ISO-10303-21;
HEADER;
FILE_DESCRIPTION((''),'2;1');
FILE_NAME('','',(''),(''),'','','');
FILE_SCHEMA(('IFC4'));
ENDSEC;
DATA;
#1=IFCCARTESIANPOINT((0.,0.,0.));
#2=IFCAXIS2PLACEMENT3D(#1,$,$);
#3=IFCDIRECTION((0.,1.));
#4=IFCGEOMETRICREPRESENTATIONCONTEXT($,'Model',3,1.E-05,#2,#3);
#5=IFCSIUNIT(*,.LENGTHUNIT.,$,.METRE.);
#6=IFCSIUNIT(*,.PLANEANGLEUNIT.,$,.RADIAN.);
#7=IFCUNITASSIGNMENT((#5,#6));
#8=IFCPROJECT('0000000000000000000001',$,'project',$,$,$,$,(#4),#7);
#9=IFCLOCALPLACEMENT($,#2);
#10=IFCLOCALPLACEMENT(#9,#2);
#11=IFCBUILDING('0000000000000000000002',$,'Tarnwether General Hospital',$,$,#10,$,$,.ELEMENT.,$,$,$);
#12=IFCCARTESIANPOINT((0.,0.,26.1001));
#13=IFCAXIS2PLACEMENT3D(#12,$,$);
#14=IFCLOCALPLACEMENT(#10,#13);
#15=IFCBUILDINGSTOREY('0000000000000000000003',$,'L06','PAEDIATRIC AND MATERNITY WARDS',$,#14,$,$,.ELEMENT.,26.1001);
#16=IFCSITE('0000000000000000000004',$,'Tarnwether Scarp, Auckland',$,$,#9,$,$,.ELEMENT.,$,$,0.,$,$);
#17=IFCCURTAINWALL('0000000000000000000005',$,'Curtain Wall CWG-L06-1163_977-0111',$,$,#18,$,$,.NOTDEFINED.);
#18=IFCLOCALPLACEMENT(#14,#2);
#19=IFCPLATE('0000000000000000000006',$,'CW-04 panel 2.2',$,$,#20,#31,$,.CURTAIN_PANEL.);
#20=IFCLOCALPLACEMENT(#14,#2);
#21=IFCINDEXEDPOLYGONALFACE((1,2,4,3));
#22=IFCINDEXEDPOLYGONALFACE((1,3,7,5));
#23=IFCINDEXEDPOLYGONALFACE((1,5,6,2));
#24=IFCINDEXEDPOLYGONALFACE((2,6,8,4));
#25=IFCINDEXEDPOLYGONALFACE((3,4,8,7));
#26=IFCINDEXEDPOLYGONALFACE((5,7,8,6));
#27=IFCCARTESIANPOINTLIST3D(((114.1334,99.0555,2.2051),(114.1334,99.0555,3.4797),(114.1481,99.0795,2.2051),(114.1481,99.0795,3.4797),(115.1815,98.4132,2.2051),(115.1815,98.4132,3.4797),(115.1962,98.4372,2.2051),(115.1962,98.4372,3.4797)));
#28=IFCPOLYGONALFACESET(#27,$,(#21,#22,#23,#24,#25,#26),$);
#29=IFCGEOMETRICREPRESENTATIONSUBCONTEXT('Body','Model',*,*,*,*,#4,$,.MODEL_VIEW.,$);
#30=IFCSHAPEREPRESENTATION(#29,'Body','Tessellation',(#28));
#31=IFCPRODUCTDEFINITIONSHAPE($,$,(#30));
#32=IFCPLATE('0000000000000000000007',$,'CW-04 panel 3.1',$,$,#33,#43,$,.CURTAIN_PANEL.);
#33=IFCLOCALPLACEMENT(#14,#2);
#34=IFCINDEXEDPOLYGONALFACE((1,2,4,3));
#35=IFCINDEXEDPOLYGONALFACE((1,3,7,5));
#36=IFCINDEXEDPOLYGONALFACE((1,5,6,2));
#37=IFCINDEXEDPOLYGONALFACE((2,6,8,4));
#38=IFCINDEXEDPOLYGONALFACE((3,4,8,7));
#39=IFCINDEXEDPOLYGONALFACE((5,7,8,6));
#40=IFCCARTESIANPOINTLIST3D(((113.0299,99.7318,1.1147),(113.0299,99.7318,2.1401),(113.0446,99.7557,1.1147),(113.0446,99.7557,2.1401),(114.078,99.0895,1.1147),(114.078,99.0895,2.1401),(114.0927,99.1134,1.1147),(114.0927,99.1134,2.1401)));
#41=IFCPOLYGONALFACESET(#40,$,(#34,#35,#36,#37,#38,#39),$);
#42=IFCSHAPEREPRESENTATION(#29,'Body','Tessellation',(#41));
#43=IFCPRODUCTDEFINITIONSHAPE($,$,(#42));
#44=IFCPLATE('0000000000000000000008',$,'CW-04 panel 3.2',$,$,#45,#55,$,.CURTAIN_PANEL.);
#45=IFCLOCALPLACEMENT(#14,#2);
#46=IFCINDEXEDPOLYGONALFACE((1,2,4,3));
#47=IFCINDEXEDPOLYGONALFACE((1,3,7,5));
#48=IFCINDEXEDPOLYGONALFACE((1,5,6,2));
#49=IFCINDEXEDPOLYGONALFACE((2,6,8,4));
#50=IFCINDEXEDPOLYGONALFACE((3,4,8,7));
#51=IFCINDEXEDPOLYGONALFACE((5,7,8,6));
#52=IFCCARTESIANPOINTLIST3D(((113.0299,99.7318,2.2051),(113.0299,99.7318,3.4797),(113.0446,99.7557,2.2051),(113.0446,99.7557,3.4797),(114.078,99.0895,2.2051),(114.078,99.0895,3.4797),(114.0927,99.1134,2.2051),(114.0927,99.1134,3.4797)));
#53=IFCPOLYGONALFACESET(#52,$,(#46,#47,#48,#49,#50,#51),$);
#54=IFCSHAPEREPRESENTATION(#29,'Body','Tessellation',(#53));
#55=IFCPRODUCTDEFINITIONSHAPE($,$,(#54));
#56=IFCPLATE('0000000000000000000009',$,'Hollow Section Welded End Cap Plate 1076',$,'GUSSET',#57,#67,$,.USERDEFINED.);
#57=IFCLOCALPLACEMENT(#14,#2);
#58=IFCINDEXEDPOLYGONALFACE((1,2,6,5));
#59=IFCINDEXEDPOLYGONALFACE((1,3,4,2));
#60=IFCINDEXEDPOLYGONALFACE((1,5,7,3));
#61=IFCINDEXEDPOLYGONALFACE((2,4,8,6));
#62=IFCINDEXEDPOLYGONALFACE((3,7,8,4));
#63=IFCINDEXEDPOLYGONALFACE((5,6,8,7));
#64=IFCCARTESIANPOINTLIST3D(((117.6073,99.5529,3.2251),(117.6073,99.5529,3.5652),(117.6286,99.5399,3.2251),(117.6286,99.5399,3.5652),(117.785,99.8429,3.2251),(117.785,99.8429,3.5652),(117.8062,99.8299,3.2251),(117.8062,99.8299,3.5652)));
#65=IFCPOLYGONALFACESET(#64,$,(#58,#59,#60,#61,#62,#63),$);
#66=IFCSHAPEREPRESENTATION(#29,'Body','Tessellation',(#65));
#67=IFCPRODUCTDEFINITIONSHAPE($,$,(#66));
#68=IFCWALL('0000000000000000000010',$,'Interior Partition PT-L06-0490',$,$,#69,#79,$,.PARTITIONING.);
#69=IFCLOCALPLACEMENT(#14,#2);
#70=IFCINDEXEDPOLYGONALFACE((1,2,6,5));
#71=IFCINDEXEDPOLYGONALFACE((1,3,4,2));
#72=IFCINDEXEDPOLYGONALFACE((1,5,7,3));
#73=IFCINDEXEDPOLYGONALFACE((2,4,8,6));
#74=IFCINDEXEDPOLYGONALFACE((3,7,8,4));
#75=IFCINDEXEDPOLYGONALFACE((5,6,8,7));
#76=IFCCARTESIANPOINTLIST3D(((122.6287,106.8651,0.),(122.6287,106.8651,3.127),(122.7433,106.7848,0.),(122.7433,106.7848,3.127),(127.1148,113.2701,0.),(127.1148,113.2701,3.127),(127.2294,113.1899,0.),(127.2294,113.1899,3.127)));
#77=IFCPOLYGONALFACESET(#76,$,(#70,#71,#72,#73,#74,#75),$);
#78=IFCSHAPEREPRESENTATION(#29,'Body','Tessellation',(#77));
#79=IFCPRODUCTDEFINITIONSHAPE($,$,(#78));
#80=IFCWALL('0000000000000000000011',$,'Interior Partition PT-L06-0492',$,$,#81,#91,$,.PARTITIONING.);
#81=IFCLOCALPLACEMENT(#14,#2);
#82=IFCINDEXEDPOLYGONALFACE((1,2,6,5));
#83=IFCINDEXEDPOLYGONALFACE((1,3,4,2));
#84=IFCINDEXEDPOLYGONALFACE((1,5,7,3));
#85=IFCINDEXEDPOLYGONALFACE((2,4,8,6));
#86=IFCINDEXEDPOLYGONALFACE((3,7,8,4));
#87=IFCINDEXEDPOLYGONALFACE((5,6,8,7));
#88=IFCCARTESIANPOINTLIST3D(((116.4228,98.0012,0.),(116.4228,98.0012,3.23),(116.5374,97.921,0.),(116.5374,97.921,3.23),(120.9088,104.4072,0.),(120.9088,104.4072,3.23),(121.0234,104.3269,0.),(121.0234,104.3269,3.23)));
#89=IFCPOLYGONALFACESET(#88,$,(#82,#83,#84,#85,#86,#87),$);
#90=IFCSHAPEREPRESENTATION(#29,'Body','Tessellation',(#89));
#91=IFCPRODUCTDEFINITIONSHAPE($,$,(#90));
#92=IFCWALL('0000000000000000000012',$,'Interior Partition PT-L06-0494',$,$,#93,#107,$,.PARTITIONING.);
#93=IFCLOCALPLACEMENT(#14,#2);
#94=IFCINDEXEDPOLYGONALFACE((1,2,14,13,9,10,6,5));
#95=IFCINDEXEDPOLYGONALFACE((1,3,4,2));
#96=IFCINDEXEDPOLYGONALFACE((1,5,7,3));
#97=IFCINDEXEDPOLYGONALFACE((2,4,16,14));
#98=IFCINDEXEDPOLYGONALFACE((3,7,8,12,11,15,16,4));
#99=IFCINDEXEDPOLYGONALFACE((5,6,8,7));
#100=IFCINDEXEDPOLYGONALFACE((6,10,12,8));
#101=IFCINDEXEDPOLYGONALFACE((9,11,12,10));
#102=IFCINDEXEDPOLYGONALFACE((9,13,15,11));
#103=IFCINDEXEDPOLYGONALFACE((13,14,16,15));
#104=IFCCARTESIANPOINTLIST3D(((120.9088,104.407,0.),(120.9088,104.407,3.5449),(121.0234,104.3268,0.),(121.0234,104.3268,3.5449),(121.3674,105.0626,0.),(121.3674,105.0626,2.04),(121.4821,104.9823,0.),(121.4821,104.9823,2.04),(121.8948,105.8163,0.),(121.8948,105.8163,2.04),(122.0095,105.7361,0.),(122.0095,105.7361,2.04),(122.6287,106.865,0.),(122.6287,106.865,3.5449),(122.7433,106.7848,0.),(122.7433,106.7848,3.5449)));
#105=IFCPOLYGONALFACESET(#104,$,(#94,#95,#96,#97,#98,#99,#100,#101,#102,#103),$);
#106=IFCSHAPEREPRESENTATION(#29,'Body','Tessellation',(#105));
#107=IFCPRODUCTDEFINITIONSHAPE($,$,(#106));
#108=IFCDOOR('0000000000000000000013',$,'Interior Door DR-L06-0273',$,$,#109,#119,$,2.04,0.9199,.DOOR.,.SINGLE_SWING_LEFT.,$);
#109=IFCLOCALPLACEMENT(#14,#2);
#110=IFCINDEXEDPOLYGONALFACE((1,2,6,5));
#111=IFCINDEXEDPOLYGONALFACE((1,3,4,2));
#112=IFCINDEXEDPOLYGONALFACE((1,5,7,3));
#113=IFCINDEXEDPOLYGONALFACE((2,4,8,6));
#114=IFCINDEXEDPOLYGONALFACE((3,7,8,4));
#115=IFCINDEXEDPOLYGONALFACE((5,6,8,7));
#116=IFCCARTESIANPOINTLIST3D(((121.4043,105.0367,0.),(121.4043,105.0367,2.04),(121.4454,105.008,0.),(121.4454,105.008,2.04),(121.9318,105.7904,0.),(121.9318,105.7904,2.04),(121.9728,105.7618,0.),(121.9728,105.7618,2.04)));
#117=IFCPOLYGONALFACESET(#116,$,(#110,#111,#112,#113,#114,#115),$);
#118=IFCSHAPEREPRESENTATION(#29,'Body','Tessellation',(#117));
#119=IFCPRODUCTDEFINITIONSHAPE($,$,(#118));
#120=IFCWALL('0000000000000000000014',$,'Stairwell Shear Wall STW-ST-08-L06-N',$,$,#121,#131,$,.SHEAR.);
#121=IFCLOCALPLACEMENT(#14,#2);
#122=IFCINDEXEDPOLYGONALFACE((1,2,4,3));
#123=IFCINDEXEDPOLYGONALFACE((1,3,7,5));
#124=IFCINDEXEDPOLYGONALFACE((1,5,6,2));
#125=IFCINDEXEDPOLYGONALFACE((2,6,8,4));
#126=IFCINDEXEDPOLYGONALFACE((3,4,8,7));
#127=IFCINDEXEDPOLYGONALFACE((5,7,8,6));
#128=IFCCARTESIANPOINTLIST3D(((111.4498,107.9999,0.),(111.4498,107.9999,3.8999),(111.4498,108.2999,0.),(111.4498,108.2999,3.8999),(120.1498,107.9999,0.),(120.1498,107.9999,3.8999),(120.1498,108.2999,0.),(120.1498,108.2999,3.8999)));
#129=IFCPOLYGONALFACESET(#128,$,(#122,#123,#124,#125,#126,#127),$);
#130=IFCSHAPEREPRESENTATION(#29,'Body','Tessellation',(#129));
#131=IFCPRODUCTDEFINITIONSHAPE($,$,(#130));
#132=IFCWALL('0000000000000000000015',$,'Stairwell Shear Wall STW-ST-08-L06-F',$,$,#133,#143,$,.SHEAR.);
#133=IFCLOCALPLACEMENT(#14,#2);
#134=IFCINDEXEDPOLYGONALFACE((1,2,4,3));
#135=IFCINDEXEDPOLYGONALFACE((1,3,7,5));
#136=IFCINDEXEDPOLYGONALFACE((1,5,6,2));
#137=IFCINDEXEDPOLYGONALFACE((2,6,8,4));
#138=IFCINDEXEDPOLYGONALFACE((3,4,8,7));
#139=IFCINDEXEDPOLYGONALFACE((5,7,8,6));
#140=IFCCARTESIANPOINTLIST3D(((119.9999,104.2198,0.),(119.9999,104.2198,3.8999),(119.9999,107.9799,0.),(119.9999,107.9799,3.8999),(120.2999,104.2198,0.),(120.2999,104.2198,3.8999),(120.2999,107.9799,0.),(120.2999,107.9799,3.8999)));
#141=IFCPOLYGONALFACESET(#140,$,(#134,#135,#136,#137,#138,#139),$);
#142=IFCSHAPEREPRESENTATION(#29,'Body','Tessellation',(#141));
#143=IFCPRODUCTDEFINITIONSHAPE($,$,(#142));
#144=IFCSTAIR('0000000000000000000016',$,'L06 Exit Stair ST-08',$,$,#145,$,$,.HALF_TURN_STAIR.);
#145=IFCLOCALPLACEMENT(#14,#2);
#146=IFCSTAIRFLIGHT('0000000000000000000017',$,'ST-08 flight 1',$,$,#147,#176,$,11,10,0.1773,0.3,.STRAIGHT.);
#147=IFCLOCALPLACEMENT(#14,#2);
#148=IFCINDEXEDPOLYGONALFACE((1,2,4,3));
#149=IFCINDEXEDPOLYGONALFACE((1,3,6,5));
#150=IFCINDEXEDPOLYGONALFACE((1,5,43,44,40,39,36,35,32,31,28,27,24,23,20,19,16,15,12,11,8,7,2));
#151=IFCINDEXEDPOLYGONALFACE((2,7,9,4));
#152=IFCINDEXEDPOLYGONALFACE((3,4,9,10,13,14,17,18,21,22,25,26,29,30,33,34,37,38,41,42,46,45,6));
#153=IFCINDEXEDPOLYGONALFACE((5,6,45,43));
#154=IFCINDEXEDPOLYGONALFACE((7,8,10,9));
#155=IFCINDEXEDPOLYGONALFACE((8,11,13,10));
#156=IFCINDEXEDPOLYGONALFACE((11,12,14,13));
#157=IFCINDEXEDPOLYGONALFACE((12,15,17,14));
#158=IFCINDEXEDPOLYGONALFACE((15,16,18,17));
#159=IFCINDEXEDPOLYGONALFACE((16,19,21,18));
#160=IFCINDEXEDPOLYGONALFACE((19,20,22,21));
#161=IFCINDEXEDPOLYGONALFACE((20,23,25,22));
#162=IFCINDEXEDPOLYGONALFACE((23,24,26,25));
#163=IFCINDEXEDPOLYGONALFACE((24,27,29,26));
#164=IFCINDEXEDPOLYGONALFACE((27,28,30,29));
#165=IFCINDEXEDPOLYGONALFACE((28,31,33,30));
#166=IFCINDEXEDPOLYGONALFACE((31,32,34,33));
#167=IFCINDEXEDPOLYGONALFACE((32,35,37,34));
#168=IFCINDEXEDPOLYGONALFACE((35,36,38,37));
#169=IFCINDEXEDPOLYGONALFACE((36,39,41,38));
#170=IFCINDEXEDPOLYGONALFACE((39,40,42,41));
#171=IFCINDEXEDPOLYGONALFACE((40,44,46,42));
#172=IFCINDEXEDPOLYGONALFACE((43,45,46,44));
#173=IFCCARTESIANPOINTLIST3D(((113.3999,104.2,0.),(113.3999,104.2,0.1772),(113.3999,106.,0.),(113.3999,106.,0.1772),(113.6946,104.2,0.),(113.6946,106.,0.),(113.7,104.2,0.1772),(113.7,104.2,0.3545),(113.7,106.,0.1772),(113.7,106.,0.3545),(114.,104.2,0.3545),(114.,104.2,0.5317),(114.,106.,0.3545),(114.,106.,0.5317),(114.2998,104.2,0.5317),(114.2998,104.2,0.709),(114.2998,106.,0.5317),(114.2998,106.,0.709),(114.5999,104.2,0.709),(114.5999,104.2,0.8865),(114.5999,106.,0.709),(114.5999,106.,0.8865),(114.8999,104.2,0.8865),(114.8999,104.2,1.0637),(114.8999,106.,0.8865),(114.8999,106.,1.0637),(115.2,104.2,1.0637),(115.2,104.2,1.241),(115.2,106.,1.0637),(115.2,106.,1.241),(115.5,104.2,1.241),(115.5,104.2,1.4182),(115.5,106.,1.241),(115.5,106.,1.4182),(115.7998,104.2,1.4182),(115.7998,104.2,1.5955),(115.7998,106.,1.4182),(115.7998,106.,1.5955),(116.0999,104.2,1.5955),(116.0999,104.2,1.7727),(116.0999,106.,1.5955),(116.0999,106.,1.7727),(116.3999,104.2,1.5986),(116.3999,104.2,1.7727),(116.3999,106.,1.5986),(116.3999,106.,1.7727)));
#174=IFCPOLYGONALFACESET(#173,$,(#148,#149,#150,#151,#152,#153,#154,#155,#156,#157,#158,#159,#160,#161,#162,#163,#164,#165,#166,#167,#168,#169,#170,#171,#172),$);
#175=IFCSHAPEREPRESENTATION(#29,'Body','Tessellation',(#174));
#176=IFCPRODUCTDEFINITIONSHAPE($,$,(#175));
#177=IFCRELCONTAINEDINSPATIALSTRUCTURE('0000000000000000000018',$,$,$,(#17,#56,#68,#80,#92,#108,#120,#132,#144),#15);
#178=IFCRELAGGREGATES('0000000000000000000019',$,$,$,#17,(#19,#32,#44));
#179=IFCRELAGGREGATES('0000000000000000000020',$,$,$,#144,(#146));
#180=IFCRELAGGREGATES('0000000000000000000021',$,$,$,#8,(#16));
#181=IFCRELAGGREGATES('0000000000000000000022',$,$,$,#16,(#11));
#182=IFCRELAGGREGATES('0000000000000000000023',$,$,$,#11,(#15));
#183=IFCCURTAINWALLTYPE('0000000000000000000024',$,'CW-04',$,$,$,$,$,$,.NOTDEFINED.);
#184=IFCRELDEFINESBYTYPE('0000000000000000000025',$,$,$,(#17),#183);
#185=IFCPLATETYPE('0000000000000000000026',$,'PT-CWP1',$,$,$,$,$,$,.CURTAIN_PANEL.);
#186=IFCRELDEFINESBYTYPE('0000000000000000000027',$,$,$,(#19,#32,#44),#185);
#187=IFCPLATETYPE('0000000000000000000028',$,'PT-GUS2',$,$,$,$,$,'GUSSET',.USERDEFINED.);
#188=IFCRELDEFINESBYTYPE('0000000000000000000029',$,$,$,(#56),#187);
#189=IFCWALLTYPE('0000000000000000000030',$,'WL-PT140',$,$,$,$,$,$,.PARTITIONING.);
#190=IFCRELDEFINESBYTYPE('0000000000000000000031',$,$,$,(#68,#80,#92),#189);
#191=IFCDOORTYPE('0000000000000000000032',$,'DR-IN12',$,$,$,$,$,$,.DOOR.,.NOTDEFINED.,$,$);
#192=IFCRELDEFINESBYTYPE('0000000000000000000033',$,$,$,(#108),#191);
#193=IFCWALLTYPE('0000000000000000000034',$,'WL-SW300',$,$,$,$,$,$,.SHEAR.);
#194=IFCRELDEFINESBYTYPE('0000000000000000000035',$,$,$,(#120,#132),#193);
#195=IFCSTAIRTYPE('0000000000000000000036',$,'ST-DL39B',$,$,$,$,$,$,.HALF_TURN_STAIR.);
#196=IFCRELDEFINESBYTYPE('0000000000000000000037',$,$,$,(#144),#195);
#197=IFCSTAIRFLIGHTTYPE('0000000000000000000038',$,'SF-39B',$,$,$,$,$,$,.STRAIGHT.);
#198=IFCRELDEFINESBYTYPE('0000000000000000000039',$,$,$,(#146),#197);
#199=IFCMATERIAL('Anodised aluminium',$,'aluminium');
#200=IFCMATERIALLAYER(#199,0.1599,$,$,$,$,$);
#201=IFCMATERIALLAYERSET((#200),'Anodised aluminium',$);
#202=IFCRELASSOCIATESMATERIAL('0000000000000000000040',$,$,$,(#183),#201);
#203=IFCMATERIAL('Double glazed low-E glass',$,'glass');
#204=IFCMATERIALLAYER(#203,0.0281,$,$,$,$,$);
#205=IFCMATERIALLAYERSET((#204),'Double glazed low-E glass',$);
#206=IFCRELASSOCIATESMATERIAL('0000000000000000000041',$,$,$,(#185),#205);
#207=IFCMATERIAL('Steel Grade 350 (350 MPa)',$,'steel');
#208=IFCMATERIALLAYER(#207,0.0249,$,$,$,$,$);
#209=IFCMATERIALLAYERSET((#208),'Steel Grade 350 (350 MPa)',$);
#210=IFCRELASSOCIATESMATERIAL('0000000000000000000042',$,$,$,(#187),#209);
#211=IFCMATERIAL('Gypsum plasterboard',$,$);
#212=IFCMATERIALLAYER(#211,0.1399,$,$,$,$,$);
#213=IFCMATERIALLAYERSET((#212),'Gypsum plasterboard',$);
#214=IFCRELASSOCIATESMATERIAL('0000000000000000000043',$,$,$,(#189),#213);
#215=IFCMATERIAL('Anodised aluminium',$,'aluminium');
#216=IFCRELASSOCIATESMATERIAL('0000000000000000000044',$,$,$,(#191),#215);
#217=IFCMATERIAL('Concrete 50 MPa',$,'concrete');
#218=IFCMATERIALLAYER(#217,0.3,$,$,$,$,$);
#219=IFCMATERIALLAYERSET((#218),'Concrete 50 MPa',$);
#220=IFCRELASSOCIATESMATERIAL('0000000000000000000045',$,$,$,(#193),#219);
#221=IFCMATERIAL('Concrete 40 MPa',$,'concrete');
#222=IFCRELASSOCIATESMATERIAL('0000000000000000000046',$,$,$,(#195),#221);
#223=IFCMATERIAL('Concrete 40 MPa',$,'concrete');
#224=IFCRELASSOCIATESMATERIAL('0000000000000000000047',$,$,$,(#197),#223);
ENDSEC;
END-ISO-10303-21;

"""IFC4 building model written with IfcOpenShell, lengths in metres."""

from ifc_helpers import new_model, si_unit, direction, frame, frame_2d, origin, origin_2d, place, context, subcontext, project, spatial, polyline, rectangle, outline, extrude, material, layer, layer_set, type_object, element, fill, aggregate, save


model = new_model("IFC4")

# Units and contexts
model_context = context("Model", 3, precision=1e-05, world=origin(), true_north=direction((0.0, 1.0)))
body_context = subcontext(model_context, "Body", "Model", "MODEL_VIEW")
ifc_project = project(units=[si_unit("LENGTHUNIT", "METRE"), si_unit("PLANEANGLEUNIT", "RADIAN")], contexts=[model_context])

# Site, building, storey
site_placement = place(None, origin())
site = spatial("IfcSite", under=ifc_project, at=site_placement, Name="Tarnwether Scarp, Auckland", CompositionType="ELEMENT", RefElevation=0.0)
building_placement = place(site_placement, origin())
building = spatial("IfcBuilding", under=site, at=building_placement, Name="Tarnwether General Hospital", CompositionType="ELEMENT")
storey_placement = place(building_placement, frame((0.0, 0.0, 26.1001)))
storey = spatial("IfcBuildingStorey", under=building, at=storey_placement, Name="L06", Description="PAEDIATRIC AND MATERNITY WARDS", CompositionType="ELEMENT", Elevation=26.1001)

# Curtain wall
ifc_material_1 = material(Name="Anodised aluminium", Category="aluminium")
ifc_layer_1 = layer(ifc_material_1, 0.1599)
ifc_layer_set_1 = layer_set([ifc_layer_1], Name="Anodised aluminium")
curtain_wall_type = type_object("IfcCurtainWallType", Name="CW-04", PredefinedType="NOTDEFINED", material=ifc_layer_set_1)
curtain_wall_1_placement = place(storey_placement, origin())
curtain_wall_1 = element("IfcCurtainWall", 1, at=curtain_wall_1_placement, inside=storey, type_object=curtain_wall_type, Name="Curtain Wall CWG-L06-1163_977-0111", PredefinedType="NOTDEFINED")

# Plates
ifc_material_2 = material(Name="Double glazed low-E glass", Category="glass")
ifc_layer_2 = layer(ifc_material_2, 0.0281)
ifc_layer_set_2 = layer_set([ifc_layer_2], Name="Double glazed low-E glass")
plate_type_1 = type_object("IfcPlateType", Name="PT-CWP1", PredefinedType="CURTAIN_PANEL", material=ifc_layer_set_2)
plate_1_placement = place(storey_placement, frame((114.6648, 98.7463, 2.2051), z_axis=(0.0, 0.0, 1.0), x_axis=(-0.852632, 0.522512, 0.0)))
plate_1 = element("IfcPlate", 2, at=plate_1_placement, type_object=plate_type_1, Name="CW-04 panel 2.2", PredefinedType="CURTAIN_PANEL", context=body_context, shape_type="SweptSolid", body=[
    extrude(rectangle(XDim=1.2292, YDim=0.0281, at=origin_2d()), origin(), (0.0, 0.0, 1.0), 1.2747),
])
plate_2_placement = place(storey_placement, frame((113.5613, 99.4226, 1.1147), z_axis=(0.0, 0.0, 1.0), x_axis=(-0.852632, 0.522512, 0.0)))
plate_2 = element("IfcPlate", 3, at=plate_2_placement, type_object=plate_type_1, Name="CW-04 panel 3.1", PredefinedType="CURTAIN_PANEL", context=body_context, shape_type="SweptSolid", body=[
    extrude(rectangle(XDim=1.2292, YDim=0.0281, at=origin_2d()), origin(), (0.0, 0.0, 1.0), 1.0254),
])
plate_3_placement = place(storey_placement, frame((113.5613, 99.4226, 2.2051), z_axis=(0.0, 0.0, 1.0), x_axis=(-0.852632, 0.522512, 0.0)))
plate_3 = element("IfcPlate", 4, at=plate_3_placement, type_object=plate_type_1, Name="CW-04 panel 3.2", PredefinedType="CURTAIN_PANEL", context=body_context, shape_type="SweptSolid", body=[
    extrude(rectangle(XDim=1.2292, YDim=0.0281, at=origin_2d()), origin(), (0.0, 0.0, 1.0), 1.2747),
])
aggregate(curtain_wall_1, [plate_1, plate_2, plate_3])
ifc_material_3 = material(Name="Steel Grade 350 (350 MPa)", Category="steel")
ifc_layer_3 = layer(ifc_material_3, 0.0249)
ifc_layer_set_3 = layer_set([ifc_layer_3], Name="Steel Grade 350 (350 MPa)")
plate_type_2 = type_object("IfcPlateType", Name="PT-GUS2", ElementType="GUSSET", PredefinedType="USERDEFINED", material=ifc_layer_set_3)
plate_4_placement = place(storey_placement, frame((117.7068, 99.6914, 3.2251), z_axis=(0.0, 0.0, 1.0), x_axis=(0.852649, -0.522484, 0.0)))
element("IfcPlate", 5, at=plate_4_placement, inside=storey, type_object=plate_type_2, Name="Hollow Section Welded End Cap Plate 1076", ObjectType="GUSSET", PredefinedType="USERDEFINED", context=body_context, shape_type="SweptSolid", body=[
    extrude(rectangle(XDim=0.0249, YDim=0.3401, at=origin_2d()), origin(), (0.0, 0.0, 1.0), 0.3401),
])

# Walls
ifc_material_4 = material(Name="Gypsum plasterboard")
ifc_layer_4 = layer(ifc_material_4, 0.1399)
ifc_layer_set_4 = layer_set([ifc_layer_4], Name="Gypsum plasterboard")
wall_type_1 = type_object("IfcWallType", Name="WL-PT140", PredefinedType="PARTITIONING", material=ifc_layer_set_4)
wall_1_placement = place(storey_placement, frame((122.686, 106.825, 0.0), z_axis=(0.0, 0.0, 1.0), x_axis=(0.573682, 0.819078, 0.0)))
element("IfcWall", 6, at=wall_1_placement, inside=storey, type_object=wall_type_1, Name="Interior Partition PT-L06-0490", PredefinedType="PARTITIONING", context=body_context, shape_type="SweptSolid", body=[
    extrude(rectangle(XDim=7.8198, YDim=0.1399, at=frame_2d((3.9099, 0.0))), origin(), (0.0, 0.0, 1.0), 3.127),
])
wall_2_placement = place(storey_placement, frame((120.9661, 104.3669, 0.0), z_axis=(0.0, 0.0, 1.0), x_axis=(-0.573624, -0.819119, 0.0)))
element("IfcWall", 7, at=wall_2_placement, inside=storey, type_object=wall_type_1, Name="Interior Partition PT-L06-0492", PredefinedType="PARTITIONING", context=body_context, shape_type="SweptSolid", body=[
    extrude(rectangle(XDim=7.8206, YDim=0.1399, at=frame_2d((3.9102, 0.0))), origin(), (0.0, 0.0, 1.0), 3.23),
])

# Wall, opening, door
wall_3_placement = place(storey_placement, frame((120.9661, 104.3669, 0.0), z_axis=(0.0, 0.0, 1.0), x_axis=(0.57332, 0.819331, 0.0)))
wall_3 = element("IfcWall", 8, at=wall_3_placement, inside=storey, type_object=wall_type_1, Name="Interior Partition PT-L06-0494", PredefinedType="PARTITIONING", context=body_context, shape_type="SweptSolid", body=[
    extrude(rectangle(XDim=3.0, YDim=0.1399, at=frame_2d((1.5, 0.0))), origin(), (0.0, 0.0, 1.0), 3.5449),
])
opening_placement = place(wall_3_placement, frame((0.8, 0.0, 0.0)))
opening = element("IfcOpeningElement", 9, at=opening_placement, cuts=wall_3, PredefinedType="OPENING", context=body_context, shape_type="SweptSolid", body=[
    extrude(rectangle(XDim=0.9199, YDim=2.04, at=frame_2d((0.46, 1.02))), frame((0.0, 0.0801, 0.0), z_axis=(0.0, -1.0, 0.0), x_axis=(1.0, 0.0, 0.0)), (0.0, 0.0, 1.0), 0.1599),
])
ifc_material_5 = material(Name="Anodised aluminium", Category="aluminium")
door_type = type_object("IfcDoorType", Name="DR-IN12", OperationType="NOTDEFINED", PredefinedType="DOOR", material=ifc_material_5)
door_placement = place(opening_placement, origin())
door = element("IfcDoor", 10, at=door_placement, inside=storey, type_object=door_type, Name="Interior Door DR-L06-0273", OperationType="SINGLE_SWING_LEFT", OverallHeight=2.04, OverallWidth=0.9199, PredefinedType="DOOR", context=body_context, shape_type="SweptSolid", body=[
    extrude(rectangle(XDim=0.9199, YDim=2.04, at=frame_2d((0.46, 1.02))), frame((0.0, 0.0249, 0.0), z_axis=(0.0, -1.0, 0.0), x_axis=(1.0, 0.0, 0.0)), (0.0, 0.0, 1.0), 0.05),
])
fill(opening, door)

# Walls
ifc_material_6 = material(Name="Concrete 50 MPa", Category="concrete")
ifc_layer_5 = layer(ifc_material_6, 0.3)
ifc_layer_set_5 = layer_set([ifc_layer_5], Name="Concrete 50 MPa")
wall_type_2 = type_object("IfcWallType", Name="WL-SW300", PredefinedType="SHEAR", material=ifc_layer_set_5)
wall_4_placement = place(storey_placement, frame((120.1499, 108.1499, 0.0), z_axis=(0.0, 0.0, 1.0), x_axis=(-1.0, 0.0, 0.0)))
element("IfcWall", 11, at=wall_4_placement, inside=storey, type_object=wall_type_2, Name="Stairwell Shear Wall STW-ST-08-L06-N", PredefinedType="SHEAR", context=body_context, shape_type="SweptSolid", body=[
    extrude(rectangle(XDim=8.7, YDim=0.3, at=frame_2d((4.3501, 0.0))), origin(), (0.0, 0.0, 1.0), 3.8999),
])
wall_5_placement = place(storey_placement, frame((120.1499, 104.22, 0.0), z_axis=(0.0, 0.0, 1.0), x_axis=(0.0, 1.0, 0.0)))
element("IfcWall", 12, at=wall_5_placement, inside=storey, type_object=wall_type_2, Name="Stairwell Shear Wall STW-ST-08-L06-F", PredefinedType="SHEAR", context=body_context, shape_type="SweptSolid", body=[
    extrude(rectangle(XDim=3.76, YDim=0.3, at=frame_2d((1.8799, 0.0))), origin(), (0.0, 0.0, 1.0), 3.8999),
])

# Stair, stair flight
ifc_material_7 = material(Name="Concrete 40 MPa", Category="concrete")
stair_type = type_object("IfcStairType", Name="ST-DL39B", PredefinedType="HALF_TURN_STAIR", material=ifc_material_7)
stair_placement = place(storey_placement, origin())
stair = element("IfcStair", 13, at=stair_placement, inside=storey, type_object=stair_type, Name="L06 Exit Stair ST-08", PredefinedType="HALF_TURN_STAIR")
ifc_material_8 = material(Name="Concrete 40 MPa", Category="concrete")
stair_flight_type = type_object("IfcStairFlightType", Name="SF-39B", PredefinedType="STRAIGHT", material=ifc_material_8)
stair_flight_1_placement = place(storey_placement, frame((113.3999, 105.1001, 0.0), z_axis=(0.0, 0.0, 1.0), x_axis=(1.0, 0.0, 0.0)))
stair_flight_1 = element("IfcStairFlight", 14, at=stair_flight_1_placement, type_object=stair_flight_type, Name="ST-08 flight 1", NumberOfRisers=11, NumberOfTreads=10, PredefinedType="STRAIGHT", RiserHeight=0.1773, TreadLength=0.3, context=body_context, shape_type="SweptSolid", body=[
    extrude(outline(polyline([(0.0, 0.0), (0.0, 0.1772), (0.3, 0.1772), (0.3, 0.3545), (0.6001, 0.3545), (0.6001, 0.5317), (0.8999, 0.5317), (0.8999, 0.709), (1.2, 0.709), (1.2, 0.8865), (1.5, 0.8865), (1.5, 1.0637), (1.8, 1.0637), (1.8, 1.241), (2.1001, 1.241), (2.1001, 1.4182), (2.3999, 1.4182), (2.3999, 1.5955), (2.7, 1.5955), (2.7, 1.7727), (3.0, 1.7727), (3.0, 1.95), (3.0, 1.5986), (0.2947, 0.0), (0.0, 0.0)])), frame((0.0, 0.8999, 0.0), z_axis=(0.0, -1.0, 0.0), x_axis=(1.0, 0.0, 0.0)), (0.0, 0.0, 1.0), 1.8),
])
aggregate(stair, [stair_flight_1])

save(model, "model.ifc")
